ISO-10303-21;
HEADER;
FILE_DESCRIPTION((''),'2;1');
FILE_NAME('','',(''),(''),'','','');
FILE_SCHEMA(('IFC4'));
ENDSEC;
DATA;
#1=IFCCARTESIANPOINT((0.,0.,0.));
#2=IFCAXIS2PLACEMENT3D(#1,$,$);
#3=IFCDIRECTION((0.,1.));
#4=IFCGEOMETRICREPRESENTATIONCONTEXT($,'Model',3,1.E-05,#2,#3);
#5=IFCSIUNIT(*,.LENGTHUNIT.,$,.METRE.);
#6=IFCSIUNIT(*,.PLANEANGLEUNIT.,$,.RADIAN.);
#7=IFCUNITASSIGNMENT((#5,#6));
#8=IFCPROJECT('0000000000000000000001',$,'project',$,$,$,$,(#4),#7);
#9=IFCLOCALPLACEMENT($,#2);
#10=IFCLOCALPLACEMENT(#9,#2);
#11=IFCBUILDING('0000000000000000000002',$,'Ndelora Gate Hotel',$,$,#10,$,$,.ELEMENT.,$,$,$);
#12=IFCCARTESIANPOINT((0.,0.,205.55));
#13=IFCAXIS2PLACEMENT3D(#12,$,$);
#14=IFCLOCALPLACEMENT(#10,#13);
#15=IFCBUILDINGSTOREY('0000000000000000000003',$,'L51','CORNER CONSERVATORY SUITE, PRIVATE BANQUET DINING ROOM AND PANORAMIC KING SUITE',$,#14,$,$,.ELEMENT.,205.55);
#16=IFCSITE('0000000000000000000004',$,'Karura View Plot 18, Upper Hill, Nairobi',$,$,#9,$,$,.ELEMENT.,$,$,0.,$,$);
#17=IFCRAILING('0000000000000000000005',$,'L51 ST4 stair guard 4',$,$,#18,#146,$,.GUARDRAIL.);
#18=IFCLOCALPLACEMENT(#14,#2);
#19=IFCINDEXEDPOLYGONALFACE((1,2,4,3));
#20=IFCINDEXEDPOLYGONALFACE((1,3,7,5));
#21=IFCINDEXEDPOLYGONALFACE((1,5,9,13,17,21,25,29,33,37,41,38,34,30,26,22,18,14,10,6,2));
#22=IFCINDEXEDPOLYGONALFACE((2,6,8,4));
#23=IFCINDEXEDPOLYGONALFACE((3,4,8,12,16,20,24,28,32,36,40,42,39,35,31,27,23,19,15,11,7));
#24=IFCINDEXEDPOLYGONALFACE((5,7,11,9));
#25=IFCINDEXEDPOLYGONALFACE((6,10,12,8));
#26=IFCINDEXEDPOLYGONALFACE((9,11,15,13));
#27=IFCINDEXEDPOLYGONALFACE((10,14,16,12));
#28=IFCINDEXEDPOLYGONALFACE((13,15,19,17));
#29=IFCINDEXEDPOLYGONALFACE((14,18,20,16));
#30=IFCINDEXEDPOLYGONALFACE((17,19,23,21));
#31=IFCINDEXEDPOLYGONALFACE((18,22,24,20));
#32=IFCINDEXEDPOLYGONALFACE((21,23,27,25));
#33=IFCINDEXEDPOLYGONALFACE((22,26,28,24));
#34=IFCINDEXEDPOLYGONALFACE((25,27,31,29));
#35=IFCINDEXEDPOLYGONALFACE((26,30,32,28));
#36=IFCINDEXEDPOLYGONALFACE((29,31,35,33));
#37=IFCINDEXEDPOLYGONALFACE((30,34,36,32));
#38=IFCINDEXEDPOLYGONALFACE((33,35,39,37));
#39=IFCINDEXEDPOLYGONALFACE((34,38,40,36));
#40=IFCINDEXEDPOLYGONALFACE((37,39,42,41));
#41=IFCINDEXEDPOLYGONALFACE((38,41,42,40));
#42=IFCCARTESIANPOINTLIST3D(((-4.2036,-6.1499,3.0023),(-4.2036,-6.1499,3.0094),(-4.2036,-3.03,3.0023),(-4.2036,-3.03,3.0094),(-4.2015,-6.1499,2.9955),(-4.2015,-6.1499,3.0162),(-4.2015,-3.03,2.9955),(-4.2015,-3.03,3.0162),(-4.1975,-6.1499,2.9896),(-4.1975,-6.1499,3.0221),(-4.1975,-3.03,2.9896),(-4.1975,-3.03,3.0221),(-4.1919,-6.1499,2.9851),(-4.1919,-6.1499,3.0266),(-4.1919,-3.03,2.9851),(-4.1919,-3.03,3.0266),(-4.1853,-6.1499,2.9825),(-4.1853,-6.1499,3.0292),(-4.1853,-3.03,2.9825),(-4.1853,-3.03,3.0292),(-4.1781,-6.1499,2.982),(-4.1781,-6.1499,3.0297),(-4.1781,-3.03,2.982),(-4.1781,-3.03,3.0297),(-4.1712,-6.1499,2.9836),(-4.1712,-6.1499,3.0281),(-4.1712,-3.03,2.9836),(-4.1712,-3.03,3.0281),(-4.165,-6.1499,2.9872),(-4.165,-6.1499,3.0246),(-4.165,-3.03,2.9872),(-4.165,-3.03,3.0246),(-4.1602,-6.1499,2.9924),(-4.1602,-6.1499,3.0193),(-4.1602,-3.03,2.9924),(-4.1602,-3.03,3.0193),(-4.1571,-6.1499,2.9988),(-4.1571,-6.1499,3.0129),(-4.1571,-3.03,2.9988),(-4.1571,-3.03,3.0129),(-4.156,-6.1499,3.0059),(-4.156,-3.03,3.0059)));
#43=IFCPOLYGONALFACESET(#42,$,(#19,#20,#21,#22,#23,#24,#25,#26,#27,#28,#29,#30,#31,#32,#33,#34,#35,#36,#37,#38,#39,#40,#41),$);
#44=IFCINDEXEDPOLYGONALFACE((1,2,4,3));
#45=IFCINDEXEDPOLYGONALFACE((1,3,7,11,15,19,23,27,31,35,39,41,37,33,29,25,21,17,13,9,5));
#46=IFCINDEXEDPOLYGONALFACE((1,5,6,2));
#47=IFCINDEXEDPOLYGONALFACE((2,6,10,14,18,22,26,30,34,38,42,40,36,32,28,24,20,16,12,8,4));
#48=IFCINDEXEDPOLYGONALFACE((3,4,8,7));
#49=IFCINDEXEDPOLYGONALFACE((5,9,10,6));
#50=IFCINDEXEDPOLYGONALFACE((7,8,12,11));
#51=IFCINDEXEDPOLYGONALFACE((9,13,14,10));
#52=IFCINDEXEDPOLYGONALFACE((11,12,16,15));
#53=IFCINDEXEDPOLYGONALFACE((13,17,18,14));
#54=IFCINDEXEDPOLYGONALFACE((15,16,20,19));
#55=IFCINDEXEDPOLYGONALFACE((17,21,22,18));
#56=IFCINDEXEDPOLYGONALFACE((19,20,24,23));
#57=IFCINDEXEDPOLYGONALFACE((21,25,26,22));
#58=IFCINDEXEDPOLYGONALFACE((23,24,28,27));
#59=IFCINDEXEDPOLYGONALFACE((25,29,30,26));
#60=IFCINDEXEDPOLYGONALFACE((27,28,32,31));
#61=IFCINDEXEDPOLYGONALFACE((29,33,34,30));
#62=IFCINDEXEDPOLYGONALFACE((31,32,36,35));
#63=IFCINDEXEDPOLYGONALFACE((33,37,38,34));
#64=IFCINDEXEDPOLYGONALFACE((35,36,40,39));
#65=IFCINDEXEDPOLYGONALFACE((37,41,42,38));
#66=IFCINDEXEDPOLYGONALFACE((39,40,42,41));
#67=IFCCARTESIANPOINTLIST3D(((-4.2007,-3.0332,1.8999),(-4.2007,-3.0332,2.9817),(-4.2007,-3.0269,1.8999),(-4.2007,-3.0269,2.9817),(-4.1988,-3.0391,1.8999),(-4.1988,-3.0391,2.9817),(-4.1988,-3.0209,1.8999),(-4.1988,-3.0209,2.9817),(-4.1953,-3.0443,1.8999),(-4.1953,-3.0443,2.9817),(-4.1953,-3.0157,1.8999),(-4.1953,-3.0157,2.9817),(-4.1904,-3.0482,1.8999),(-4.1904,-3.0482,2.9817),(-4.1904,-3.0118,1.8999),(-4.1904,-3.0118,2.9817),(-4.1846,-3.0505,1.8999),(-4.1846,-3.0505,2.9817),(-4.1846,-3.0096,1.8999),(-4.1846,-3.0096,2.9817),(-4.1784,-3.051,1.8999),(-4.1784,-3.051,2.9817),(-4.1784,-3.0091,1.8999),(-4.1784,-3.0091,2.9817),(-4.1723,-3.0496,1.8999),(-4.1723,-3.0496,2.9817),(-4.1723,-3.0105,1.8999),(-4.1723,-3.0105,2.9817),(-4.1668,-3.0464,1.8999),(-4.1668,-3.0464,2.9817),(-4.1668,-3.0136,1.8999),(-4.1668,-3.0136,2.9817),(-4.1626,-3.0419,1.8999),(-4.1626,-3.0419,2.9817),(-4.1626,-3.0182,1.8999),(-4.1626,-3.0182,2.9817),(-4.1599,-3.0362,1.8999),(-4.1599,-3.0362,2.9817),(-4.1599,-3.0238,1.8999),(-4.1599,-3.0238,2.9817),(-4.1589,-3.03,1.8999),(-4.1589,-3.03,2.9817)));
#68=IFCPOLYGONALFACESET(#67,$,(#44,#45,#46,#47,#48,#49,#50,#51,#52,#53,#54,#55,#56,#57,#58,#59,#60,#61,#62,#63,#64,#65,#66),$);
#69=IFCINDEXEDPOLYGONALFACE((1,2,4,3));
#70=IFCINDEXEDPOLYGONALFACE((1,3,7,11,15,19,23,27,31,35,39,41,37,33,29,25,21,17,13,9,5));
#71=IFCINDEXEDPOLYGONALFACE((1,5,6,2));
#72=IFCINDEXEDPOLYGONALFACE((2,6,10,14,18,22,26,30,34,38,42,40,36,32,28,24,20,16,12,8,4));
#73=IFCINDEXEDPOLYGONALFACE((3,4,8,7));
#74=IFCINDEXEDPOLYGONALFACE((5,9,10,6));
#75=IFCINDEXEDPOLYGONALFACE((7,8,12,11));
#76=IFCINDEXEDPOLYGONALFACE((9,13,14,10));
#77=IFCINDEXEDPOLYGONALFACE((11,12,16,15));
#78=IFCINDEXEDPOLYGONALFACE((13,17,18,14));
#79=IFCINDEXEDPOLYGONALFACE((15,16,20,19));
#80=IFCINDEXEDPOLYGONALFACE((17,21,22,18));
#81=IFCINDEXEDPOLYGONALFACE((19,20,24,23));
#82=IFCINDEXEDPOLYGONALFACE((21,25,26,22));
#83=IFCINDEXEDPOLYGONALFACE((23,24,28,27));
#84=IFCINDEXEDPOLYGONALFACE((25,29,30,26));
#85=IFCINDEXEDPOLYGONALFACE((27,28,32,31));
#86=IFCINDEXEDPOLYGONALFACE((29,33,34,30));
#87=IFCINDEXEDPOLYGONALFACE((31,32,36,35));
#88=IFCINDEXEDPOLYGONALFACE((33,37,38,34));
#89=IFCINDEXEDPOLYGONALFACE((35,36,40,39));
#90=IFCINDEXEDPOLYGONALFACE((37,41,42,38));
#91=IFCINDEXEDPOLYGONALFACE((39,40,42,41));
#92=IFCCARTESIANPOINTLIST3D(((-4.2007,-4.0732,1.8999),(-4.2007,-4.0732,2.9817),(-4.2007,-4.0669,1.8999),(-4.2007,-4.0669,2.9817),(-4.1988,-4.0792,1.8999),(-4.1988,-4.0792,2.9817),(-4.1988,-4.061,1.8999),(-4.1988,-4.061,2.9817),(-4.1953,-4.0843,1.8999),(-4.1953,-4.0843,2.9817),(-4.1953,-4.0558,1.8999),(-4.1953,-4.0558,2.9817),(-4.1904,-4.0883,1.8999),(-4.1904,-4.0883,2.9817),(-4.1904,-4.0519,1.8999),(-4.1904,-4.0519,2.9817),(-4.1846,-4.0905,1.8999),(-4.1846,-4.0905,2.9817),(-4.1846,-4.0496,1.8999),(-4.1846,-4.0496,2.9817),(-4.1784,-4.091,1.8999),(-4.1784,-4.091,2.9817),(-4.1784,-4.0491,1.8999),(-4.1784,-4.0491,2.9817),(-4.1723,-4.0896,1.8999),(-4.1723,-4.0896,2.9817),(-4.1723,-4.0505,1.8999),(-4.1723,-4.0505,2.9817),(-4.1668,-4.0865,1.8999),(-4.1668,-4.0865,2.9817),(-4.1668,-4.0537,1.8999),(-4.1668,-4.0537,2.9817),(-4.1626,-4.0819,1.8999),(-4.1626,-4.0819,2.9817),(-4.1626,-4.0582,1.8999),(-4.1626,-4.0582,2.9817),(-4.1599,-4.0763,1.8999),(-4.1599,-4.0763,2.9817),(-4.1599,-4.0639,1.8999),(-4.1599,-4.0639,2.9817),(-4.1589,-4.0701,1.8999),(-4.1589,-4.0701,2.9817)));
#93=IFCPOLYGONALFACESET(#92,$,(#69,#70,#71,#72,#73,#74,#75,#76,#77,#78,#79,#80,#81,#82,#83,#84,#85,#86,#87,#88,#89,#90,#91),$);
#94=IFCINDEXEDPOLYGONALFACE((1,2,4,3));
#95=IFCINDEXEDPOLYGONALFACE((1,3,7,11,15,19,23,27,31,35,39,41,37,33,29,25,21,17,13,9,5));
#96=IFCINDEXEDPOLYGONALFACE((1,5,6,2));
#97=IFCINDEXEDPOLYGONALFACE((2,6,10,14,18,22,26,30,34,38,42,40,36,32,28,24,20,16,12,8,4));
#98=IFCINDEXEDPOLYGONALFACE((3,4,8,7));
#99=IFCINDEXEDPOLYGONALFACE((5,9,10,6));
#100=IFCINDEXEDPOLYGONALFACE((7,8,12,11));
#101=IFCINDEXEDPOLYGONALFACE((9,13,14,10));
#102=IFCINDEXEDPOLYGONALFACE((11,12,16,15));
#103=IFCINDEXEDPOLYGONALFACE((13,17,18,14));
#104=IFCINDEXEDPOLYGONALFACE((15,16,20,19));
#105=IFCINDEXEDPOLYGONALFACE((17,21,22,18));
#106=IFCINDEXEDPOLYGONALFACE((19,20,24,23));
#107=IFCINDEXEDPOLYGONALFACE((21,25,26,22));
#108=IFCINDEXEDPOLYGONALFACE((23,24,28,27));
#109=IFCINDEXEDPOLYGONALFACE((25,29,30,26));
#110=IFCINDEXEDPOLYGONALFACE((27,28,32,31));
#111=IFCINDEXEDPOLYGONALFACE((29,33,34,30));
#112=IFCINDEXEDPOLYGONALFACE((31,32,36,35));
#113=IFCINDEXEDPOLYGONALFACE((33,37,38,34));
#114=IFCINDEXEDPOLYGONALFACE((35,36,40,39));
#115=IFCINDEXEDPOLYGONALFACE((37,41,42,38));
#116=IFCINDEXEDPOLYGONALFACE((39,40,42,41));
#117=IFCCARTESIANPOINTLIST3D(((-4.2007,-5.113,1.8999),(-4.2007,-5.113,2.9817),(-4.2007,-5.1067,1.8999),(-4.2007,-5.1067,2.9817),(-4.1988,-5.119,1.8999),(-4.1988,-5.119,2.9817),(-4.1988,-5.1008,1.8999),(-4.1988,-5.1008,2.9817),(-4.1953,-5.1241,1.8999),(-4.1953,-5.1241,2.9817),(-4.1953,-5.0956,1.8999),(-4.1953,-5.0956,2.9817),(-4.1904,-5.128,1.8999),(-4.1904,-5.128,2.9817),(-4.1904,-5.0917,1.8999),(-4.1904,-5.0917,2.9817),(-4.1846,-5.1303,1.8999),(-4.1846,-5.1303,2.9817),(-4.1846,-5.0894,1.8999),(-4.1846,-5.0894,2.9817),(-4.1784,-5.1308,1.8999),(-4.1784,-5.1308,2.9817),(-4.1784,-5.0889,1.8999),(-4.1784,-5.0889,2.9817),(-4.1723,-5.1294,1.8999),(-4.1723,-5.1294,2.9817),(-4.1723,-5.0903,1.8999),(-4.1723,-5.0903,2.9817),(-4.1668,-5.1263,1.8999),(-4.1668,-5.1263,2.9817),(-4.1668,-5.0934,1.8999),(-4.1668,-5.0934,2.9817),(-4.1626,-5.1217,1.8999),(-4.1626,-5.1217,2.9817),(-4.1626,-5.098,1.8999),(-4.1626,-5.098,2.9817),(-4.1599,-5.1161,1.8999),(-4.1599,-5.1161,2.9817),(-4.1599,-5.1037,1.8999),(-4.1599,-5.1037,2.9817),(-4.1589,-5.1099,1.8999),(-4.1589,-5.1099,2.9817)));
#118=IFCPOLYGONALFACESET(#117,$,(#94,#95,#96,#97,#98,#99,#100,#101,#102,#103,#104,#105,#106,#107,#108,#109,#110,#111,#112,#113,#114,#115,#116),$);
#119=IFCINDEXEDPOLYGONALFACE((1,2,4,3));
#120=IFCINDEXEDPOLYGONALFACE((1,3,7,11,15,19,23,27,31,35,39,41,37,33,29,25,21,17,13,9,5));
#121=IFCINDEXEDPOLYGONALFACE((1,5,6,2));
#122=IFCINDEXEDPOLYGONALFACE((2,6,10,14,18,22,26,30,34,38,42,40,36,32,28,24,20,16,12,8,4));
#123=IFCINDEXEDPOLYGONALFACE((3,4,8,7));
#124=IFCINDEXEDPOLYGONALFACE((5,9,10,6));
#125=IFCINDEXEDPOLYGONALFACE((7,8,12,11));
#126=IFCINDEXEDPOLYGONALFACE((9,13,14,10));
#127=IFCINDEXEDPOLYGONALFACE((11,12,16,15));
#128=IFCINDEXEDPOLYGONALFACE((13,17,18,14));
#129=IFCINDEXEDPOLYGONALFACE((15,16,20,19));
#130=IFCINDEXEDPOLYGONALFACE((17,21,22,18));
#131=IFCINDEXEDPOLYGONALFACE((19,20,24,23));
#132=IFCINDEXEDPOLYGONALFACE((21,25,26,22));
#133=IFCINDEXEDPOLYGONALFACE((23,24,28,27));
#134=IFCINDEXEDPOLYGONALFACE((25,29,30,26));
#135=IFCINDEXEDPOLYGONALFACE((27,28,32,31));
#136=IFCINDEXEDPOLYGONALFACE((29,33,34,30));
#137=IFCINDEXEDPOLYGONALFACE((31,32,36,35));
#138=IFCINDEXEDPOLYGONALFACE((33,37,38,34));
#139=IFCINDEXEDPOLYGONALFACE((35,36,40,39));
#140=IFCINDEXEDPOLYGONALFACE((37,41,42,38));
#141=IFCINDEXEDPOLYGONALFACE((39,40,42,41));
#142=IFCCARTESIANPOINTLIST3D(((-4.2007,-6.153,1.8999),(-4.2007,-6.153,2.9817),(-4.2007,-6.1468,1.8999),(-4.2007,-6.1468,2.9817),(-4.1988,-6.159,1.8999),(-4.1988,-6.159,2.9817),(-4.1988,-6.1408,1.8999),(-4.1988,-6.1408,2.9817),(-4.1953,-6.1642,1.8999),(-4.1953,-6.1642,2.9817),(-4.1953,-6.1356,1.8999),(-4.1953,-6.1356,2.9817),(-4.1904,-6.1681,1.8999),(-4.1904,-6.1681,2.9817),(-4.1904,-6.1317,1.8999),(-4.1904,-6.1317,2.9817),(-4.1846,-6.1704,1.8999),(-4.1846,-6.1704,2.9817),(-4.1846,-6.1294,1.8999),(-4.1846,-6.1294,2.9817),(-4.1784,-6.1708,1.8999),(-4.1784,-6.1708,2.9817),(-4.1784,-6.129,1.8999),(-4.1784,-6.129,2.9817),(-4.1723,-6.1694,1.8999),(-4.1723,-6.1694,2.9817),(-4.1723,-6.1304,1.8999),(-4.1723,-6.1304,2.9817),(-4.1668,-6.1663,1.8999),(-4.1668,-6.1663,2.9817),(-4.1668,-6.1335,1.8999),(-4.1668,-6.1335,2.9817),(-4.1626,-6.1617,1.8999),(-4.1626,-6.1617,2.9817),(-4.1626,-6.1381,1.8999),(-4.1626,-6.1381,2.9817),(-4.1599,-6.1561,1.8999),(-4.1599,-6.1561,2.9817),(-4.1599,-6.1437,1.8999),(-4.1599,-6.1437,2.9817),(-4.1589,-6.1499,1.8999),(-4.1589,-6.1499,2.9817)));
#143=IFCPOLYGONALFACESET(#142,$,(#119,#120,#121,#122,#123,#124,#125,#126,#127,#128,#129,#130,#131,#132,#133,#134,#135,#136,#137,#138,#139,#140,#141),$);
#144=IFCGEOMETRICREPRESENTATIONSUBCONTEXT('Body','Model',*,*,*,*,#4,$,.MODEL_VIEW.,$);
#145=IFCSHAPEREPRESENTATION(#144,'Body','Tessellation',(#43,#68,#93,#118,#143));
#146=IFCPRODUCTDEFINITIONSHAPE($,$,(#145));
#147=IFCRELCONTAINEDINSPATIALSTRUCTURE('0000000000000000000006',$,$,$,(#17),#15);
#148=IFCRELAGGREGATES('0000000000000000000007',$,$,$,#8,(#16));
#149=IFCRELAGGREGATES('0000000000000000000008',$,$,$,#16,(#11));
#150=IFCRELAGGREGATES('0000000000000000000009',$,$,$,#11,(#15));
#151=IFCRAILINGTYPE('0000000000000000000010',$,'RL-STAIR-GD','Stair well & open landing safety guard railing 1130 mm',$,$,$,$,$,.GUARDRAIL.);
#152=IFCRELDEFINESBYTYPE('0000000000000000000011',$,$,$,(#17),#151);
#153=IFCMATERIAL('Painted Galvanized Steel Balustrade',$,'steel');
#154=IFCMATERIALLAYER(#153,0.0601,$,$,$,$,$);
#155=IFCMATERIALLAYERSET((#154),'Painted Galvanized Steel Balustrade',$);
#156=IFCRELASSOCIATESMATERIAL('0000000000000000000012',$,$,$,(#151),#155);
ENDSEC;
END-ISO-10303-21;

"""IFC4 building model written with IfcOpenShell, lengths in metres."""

from ifc_helpers import new_model, si_unit, direction, frame, origin, origin_2d, place, context, subcontext, project, spatial, circle, extrude, material, layer, layer_set, type_object, element, save


model = new_model("IFC4")

# Units and contexts
model_context = context("Model", 3, precision=1e-05, world=origin(), true_north=direction((0.0, 1.0)))
body_context = subcontext(model_context, "Body", "Model", "MODEL_VIEW")
ifc_project = project(units=[si_unit("LENGTHUNIT", "METRE"), si_unit("PLANEANGLEUNIT", "RADIAN")], contexts=[model_context])

# Site, building, storey
site_placement = place(None, origin())
site = spatial("IfcSite", under=ifc_project, at=site_placement, Name="Karura View Plot 18, Upper Hill, Nairobi", CompositionType="ELEMENT", RefElevation=0.0)
building_placement = place(site_placement, origin())
building = spatial("IfcBuilding", under=site, at=building_placement, Name="Ndelora Gate Hotel", CompositionType="ELEMENT")
storey_placement = place(building_placement, frame((0.0, 0.0, 205.55)))
storey = spatial("IfcBuildingStorey", under=building, at=storey_placement, Name="L51", Description="CORNER CONSERVATORY SUITE, PRIVATE BANQUET DINING ROOM AND PANORAMIC KING SUITE", CompositionType="ELEMENT", Elevation=205.55)

# Railing
ifc_material_1 = material(Name="Painted Galvanized Steel Balustrade", Category="steel")
ifc_layer_1 = layer(ifc_material_1, 0.0601)
ifc_layer_set_1 = layer_set([ifc_layer_1], Name="Painted Galvanized Steel Balustrade")
railing_type_1 = type_object("IfcRailingType", Name="RL-STAIR-GD", Description="Stair well & open landing safety guard railing 1130 mm", PredefinedType="GUARDRAIL", material=ifc_layer_set_1)
for number, where, name in (
    (1, (-4.1799, -3.03, 1.8999), "L51 ST4 stair guard 4"),
):
    element("IfcRailing", number, at=place(storey_placement, frame(where)), inside=storey, type_object=railing_type_1, Name=name, PredefinedType="GUARDRAIL", context=body_context, shape_type="SweptSolid", body=[
        extrude(circle(Radius=0.0239, at=origin_2d()), frame((0.0, 0.0, 1.106), z_axis=(0.0, -1.0, 0.0), x_axis=(1.0, 0.0, 0.0)), (0.0, 0.0, 1.0), 3.1199),
        extrude(circle(Radius=0.021, at=origin_2d()), origin(), (0.0, 0.0, 1.0), 1.0818),
        extrude(circle(Radius=0.021, at=origin_2d()), frame((0.0, -1.04, 0.0)), (0.0, 0.0, 1.0), 1.0818),
        extrude(circle(Radius=0.021, at=origin_2d()), frame((0.0, -2.0798, 0.0)), (0.0, 0.0, 1.0), 1.0818),
        extrude(circle(Radius=0.021, at=origin_2d()), frame((0.0, -3.1199, 0.0)), (0.0, 0.0, 1.0), 1.0818),
    ])

save(model, "model.ifc")
